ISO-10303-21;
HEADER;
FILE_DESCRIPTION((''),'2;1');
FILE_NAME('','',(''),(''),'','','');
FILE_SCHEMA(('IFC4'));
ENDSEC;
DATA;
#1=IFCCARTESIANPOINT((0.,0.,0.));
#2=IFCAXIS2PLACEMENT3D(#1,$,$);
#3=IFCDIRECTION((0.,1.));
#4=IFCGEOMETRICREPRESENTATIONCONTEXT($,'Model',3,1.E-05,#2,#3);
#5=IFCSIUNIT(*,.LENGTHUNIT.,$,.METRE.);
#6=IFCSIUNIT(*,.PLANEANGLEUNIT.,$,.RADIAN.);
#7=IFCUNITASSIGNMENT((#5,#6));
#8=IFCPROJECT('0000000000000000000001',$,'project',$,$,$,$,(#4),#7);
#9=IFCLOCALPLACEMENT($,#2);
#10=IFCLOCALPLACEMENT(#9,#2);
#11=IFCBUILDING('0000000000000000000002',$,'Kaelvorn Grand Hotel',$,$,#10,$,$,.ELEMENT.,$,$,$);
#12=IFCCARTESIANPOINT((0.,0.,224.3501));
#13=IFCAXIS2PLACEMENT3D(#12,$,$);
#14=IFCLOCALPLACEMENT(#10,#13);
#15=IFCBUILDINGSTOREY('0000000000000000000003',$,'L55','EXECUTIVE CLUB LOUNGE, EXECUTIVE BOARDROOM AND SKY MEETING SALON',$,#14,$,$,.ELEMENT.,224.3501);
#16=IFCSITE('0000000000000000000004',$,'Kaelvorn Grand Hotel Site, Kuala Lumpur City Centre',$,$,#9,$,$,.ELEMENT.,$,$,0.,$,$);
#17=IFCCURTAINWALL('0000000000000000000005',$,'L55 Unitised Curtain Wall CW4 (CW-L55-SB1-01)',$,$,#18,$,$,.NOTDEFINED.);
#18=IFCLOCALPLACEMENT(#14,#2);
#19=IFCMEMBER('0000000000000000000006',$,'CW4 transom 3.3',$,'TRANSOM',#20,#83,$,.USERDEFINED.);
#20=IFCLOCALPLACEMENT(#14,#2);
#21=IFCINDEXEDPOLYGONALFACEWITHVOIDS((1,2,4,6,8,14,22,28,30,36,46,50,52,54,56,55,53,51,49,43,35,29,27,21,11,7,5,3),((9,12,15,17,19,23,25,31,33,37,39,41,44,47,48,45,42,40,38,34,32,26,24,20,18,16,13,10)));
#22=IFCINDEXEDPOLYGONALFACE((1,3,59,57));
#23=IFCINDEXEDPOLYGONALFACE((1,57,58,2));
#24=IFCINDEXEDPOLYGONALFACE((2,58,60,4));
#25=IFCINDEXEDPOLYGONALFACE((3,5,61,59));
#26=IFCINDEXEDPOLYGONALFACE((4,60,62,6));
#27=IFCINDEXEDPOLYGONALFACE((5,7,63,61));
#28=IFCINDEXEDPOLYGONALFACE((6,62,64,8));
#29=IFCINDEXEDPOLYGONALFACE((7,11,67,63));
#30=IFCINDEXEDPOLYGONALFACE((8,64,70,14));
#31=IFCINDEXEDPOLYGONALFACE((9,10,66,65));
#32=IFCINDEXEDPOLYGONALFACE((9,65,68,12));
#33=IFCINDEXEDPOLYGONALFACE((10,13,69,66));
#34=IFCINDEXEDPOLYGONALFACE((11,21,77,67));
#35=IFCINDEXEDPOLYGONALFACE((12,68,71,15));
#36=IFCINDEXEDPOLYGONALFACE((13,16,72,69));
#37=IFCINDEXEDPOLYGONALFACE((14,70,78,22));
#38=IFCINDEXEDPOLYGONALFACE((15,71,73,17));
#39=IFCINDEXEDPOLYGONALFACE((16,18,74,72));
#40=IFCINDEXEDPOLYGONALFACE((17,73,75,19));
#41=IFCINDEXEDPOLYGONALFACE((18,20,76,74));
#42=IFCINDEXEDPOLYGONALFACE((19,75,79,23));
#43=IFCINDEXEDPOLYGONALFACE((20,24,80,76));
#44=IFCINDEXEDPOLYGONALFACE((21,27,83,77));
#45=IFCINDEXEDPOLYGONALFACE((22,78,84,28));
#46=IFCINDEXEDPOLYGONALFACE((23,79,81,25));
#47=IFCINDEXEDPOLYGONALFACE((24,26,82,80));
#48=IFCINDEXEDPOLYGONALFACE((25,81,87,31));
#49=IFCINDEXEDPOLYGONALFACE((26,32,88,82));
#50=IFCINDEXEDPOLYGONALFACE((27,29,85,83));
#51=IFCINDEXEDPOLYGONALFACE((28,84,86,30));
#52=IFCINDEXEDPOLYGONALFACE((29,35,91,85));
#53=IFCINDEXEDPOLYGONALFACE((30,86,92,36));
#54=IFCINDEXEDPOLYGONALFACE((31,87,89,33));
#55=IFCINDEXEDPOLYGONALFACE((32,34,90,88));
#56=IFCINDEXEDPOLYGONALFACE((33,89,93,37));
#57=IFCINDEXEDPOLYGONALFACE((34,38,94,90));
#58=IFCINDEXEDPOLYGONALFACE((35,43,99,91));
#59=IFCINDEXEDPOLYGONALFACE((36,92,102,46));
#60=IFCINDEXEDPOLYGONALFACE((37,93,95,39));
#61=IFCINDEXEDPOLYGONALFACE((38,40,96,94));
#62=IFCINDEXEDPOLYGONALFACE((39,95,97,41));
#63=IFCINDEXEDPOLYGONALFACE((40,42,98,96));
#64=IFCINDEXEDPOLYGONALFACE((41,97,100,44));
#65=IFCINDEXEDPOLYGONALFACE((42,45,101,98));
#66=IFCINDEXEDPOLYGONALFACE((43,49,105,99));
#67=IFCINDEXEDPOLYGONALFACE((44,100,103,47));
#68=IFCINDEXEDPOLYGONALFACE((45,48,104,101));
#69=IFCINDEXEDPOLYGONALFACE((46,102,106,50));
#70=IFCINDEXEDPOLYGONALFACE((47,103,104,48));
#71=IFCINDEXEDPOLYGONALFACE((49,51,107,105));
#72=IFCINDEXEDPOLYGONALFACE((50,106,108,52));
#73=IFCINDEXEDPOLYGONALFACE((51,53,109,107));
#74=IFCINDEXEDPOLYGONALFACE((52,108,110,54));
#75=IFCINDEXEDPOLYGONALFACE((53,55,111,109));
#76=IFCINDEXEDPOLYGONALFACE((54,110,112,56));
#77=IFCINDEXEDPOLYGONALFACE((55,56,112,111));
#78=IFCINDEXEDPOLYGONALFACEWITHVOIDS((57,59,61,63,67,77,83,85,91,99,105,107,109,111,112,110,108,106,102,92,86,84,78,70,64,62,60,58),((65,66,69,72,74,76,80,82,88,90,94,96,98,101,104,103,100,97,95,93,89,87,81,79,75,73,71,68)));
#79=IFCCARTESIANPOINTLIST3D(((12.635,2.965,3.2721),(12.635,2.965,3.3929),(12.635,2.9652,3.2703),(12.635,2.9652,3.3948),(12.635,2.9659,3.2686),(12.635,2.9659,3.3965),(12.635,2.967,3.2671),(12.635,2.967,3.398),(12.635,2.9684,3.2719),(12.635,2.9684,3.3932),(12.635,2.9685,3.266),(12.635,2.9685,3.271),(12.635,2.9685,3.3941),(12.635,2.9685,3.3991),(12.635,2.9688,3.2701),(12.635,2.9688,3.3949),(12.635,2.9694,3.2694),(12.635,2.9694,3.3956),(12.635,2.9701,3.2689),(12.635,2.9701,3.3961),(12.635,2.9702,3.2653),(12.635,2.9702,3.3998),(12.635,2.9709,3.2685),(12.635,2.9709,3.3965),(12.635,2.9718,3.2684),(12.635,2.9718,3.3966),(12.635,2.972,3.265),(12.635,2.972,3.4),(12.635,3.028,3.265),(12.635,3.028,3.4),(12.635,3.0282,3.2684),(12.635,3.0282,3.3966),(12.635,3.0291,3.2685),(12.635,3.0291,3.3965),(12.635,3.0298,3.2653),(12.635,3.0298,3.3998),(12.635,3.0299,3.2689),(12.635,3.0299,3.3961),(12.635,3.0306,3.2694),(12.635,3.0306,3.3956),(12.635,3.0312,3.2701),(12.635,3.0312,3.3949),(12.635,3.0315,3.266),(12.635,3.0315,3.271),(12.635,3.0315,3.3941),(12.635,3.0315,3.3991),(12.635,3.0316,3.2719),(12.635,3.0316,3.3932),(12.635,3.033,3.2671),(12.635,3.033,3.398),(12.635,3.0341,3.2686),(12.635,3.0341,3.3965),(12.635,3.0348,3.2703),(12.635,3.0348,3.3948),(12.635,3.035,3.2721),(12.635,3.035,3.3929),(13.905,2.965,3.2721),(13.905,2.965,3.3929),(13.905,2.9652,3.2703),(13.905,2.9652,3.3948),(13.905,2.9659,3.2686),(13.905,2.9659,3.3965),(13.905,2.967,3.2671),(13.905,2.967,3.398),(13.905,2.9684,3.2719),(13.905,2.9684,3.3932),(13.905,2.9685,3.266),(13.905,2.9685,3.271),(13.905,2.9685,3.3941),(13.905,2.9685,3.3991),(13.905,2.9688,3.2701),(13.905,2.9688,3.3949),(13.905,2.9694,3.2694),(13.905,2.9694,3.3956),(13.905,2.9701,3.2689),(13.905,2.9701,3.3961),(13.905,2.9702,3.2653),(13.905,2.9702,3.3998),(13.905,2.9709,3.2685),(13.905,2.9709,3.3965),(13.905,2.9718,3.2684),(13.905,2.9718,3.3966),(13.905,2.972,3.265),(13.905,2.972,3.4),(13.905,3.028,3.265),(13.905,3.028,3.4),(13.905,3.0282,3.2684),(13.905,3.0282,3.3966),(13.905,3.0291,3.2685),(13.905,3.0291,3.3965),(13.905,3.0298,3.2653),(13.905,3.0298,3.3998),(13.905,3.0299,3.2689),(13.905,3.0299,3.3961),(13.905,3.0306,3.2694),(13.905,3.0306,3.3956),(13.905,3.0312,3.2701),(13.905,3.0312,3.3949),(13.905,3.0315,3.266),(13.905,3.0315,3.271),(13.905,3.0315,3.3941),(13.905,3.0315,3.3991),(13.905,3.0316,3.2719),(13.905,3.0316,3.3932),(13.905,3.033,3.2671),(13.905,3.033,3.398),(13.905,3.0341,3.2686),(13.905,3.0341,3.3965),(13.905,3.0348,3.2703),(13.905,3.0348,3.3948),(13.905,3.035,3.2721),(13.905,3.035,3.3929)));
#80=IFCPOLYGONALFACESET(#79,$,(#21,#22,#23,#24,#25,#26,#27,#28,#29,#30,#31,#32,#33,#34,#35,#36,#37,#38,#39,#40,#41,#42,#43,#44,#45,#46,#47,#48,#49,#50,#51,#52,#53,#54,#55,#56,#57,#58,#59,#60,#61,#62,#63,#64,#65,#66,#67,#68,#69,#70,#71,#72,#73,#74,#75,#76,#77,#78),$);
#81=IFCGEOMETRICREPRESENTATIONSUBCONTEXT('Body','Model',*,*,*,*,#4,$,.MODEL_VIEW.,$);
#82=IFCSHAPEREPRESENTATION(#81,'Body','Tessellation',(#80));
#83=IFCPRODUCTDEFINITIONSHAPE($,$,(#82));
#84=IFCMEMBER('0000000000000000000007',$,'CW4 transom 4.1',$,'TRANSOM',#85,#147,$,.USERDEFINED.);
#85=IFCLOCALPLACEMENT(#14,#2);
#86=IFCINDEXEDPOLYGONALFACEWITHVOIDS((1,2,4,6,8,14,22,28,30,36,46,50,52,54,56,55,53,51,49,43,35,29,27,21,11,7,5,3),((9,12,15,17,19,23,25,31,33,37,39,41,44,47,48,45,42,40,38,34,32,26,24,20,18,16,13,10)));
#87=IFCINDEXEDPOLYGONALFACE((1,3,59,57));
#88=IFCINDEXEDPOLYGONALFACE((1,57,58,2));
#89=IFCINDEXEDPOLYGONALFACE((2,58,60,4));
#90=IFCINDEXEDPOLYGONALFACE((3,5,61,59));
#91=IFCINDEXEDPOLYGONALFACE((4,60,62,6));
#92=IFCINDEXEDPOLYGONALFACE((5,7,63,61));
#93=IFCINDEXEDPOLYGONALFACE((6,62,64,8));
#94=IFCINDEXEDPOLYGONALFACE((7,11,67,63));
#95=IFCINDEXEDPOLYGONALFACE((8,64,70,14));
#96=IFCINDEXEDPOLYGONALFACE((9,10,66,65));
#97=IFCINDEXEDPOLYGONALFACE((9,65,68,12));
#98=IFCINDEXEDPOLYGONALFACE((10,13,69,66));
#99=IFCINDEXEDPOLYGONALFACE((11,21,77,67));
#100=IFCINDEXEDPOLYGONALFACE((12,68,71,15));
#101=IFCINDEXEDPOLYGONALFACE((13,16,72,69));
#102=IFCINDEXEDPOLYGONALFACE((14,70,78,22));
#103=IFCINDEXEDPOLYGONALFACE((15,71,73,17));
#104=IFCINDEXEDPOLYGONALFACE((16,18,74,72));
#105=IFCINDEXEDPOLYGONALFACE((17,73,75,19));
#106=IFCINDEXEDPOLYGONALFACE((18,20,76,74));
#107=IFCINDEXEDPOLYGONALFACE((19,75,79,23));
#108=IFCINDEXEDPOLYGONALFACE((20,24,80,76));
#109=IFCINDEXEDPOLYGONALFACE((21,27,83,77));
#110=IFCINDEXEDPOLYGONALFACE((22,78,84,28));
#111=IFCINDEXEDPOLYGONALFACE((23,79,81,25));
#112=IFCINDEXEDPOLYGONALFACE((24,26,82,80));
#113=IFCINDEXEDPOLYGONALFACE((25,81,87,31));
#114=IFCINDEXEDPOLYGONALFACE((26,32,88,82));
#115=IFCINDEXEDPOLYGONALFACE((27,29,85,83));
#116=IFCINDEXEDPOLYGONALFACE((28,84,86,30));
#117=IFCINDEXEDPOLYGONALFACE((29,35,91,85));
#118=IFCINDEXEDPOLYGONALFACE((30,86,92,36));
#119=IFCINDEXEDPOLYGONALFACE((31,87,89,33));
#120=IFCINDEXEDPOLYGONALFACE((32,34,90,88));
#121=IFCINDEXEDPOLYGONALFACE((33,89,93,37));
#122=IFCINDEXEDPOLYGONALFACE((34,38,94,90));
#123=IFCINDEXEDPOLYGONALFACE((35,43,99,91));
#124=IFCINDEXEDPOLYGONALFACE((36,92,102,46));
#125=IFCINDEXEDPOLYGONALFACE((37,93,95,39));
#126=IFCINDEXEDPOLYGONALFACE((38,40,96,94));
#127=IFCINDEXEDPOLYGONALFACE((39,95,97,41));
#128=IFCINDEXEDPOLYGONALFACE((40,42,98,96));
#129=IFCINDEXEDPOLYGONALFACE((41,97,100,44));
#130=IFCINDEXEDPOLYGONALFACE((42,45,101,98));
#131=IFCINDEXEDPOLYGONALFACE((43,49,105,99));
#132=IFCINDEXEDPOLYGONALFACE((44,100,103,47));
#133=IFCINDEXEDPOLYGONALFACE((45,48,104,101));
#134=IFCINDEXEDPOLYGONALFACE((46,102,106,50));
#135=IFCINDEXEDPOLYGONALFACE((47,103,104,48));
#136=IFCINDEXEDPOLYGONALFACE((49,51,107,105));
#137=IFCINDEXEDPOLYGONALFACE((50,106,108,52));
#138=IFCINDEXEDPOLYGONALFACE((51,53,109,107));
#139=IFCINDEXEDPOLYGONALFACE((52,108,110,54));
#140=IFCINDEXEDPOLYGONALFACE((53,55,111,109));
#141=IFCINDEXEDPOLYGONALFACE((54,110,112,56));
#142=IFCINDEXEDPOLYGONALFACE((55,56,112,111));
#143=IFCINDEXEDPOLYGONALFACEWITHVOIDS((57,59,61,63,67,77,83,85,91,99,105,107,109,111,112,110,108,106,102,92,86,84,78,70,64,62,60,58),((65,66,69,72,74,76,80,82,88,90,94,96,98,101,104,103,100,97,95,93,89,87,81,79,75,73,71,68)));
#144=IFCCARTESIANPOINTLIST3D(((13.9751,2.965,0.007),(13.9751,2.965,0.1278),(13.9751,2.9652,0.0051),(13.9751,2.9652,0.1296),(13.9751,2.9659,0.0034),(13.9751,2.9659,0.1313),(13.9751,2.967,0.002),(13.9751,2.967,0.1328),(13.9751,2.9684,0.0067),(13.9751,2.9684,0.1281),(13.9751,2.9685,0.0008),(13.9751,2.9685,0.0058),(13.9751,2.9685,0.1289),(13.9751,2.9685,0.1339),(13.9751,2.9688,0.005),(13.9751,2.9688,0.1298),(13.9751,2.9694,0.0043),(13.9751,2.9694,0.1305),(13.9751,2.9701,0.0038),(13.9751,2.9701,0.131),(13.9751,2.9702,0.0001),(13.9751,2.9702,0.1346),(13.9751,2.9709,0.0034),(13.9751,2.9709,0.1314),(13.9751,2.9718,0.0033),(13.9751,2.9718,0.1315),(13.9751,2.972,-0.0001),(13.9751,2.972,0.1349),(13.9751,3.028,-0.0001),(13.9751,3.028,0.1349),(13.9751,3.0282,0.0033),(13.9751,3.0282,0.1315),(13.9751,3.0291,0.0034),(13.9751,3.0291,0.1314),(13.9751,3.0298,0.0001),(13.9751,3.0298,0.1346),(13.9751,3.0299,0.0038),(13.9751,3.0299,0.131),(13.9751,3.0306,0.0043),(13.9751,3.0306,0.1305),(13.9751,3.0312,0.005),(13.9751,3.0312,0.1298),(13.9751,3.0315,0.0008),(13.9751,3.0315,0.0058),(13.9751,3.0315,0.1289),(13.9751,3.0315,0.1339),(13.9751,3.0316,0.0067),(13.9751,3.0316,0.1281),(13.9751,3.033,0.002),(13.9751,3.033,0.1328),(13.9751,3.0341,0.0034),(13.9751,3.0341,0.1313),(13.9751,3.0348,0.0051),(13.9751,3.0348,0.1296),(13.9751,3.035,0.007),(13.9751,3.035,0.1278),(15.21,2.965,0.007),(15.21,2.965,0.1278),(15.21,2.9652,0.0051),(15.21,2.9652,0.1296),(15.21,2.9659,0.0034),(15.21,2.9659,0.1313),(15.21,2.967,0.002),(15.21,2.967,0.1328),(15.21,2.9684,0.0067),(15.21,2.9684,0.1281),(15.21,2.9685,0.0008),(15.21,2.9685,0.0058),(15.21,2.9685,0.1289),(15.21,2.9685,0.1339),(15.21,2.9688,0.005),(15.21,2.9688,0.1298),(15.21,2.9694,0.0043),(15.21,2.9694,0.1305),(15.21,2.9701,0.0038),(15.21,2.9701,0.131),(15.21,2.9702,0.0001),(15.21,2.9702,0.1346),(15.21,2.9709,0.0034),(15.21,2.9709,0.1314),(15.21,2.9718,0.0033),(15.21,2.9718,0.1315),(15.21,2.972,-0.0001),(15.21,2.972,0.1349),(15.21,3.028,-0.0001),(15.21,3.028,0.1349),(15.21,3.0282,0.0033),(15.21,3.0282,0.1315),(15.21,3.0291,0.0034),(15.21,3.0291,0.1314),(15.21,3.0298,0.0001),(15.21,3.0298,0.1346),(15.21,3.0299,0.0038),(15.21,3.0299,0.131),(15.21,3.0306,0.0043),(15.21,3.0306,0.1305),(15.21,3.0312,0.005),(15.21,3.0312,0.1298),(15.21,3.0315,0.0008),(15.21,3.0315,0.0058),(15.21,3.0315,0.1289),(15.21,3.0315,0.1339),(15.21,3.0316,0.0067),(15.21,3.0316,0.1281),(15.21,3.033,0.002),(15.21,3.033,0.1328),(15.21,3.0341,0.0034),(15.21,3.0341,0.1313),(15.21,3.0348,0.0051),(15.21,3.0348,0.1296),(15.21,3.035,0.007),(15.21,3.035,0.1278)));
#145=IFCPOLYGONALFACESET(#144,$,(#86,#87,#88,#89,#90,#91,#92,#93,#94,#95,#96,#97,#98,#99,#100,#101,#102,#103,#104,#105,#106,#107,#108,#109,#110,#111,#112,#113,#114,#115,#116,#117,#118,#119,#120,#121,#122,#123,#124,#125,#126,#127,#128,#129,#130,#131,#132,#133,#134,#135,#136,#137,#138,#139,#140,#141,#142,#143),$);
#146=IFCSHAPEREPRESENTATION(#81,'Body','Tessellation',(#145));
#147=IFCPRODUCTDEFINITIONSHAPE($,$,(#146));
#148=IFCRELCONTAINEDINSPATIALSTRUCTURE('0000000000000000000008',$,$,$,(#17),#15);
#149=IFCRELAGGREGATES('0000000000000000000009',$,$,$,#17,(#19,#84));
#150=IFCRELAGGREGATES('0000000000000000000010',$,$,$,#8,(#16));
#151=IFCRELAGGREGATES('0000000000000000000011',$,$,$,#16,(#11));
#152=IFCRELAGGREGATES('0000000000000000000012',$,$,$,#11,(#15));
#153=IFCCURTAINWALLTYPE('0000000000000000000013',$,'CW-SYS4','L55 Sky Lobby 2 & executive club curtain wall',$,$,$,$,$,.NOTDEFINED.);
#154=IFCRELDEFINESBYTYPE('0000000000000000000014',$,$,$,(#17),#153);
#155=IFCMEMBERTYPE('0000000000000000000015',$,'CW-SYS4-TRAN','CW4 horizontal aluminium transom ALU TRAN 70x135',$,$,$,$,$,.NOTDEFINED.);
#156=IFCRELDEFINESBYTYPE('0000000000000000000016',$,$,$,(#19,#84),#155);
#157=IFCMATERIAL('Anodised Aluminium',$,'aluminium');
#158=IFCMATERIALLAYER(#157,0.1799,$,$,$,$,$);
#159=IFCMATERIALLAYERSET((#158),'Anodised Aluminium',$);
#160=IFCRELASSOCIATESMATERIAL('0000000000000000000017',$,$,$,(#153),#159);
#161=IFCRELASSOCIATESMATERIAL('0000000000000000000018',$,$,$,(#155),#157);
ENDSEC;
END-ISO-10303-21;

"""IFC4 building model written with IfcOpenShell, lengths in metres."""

from ifc_helpers import new_model, si_unit, direction, frame, origin, origin_2d, place, context, subcontext, project, spatial, hollow_rectangle, extrude, material, layer, layer_set, material_profile, profile_set, type_object, element, aggregate, save


model = new_model("IFC4")

# Units and contexts
model_context = context("Model", 3, precision=1e-05, world=origin(), true_north=direction((0.0, 1.0)))
body_context = subcontext(model_context, "Body", "Model", "MODEL_VIEW")
ifc_project = project(units=[si_unit("LENGTHUNIT", "METRE"), si_unit("PLANEANGLEUNIT", "RADIAN")], contexts=[model_context])

# Site, building, storey
site_placement = place(None, origin())
site = spatial("IfcSite", under=ifc_project, at=site_placement, Name="Kaelvorn Grand Hotel Site, Kuala Lumpur City Centre", CompositionType="ELEMENT", RefElevation=0.0)
building_placement = place(site_placement, origin())
building = spatial("IfcBuilding", under=site, at=building_placement, Name="Kaelvorn Grand Hotel", CompositionType="ELEMENT")
storey_placement = place(building_placement, frame((0.0, 0.0, 224.3501)))
storey = spatial("IfcBuildingStorey", under=building, at=storey_placement, Name="L55", Description="EXECUTIVE CLUB LOUNGE, EXECUTIVE BOARDROOM AND SKY MEETING SALON", CompositionType="ELEMENT", Elevation=224.3501)

# Curtain wall, members
ifc_material_1 = material(Name="Anodised Aluminium", Category="aluminium")
ifc_layer_1 = layer(ifc_material_1, 0.1799)
ifc_layer_set_1 = layer_set([ifc_layer_1], Name="Anodised Aluminium")
curtain_wall_type = type_object("IfcCurtainWallType", Name="CW-SYS4", Description="L55 Sky Lobby 2 & executive club curtain wall", PredefinedType="NOTDEFINED", material=ifc_layer_set_1)
curtain_wall_placement = place(storey_placement, origin())
curtain_wall = element("IfcCurtainWall", 1, at=curtain_wall_placement, inside=storey, type_object=curtain_wall_type, Name="L55 Unitised Curtain Wall CW4 (CW-L55-SB1-01)", PredefinedType="NOTDEFINED")
ifc_material_profile_1 = material_profile(ifc_material_1, hollow_rectangle(XDim=0.0701, YDim=0.135, WallThickness=0.0034, InnerFilletRadius=0.0034, OuterFilletRadius=0.0071, at=origin_2d()), Name="ALU TRAN 70x135")
ifc_profile_set_1 = profile_set([ifc_material_profile_1], Name="Anodised Aluminium")
member_type_1 = type_object("IfcMemberType", Name="CW-SYS4-TRAN", Description="CW4 horizontal aluminium transom ALU TRAN 70x135", PredefinedType="NOTDEFINED", material=ifc_profile_set_1)
member_1_placement = place(storey_placement, frame((12.635, 3.0, 3.3325), z_axis=(1.0, 0.0, 0.0), x_axis=(0.0, 1.0, 0.0)))
member_1 = element("IfcMember", 2, at=member_1_placement, type_object=member_type_1, Name="CW4 transom 3.3", ObjectType="TRANSOM", PredefinedType="USERDEFINED", context=body_context, shape_type="SweptSolid", body=[
    extrude(hollow_rectangle(XDim=0.0701, YDim=0.135, WallThickness=0.0034, InnerFilletRadius=0.0034, OuterFilletRadius=0.0071, at=origin_2d()), origin(), (0.0, 0.0, 1.0), 1.27),
])
member_2_placement = place(storey_placement, frame((13.9751, 3.0, 0.0674), z_axis=(1.0, 0.0, 0.0), x_axis=(0.0, 1.0, 0.0)))
member_2 = element("IfcMember", 3, at=member_2_placement, type_object=member_type_1, Name="CW4 transom 4.1", ObjectType="TRANSOM", PredefinedType="USERDEFINED", context=body_context, shape_type="SweptSolid", body=[
    extrude(hollow_rectangle(XDim=0.0701, YDim=0.135, WallThickness=0.0034, InnerFilletRadius=0.0034, OuterFilletRadius=0.0071, at=origin_2d()), origin(), (0.0, 0.0, 1.0), 1.2349),
])
aggregate(curtain_wall, [member_1, member_2])

save(model, "model.ifc")
